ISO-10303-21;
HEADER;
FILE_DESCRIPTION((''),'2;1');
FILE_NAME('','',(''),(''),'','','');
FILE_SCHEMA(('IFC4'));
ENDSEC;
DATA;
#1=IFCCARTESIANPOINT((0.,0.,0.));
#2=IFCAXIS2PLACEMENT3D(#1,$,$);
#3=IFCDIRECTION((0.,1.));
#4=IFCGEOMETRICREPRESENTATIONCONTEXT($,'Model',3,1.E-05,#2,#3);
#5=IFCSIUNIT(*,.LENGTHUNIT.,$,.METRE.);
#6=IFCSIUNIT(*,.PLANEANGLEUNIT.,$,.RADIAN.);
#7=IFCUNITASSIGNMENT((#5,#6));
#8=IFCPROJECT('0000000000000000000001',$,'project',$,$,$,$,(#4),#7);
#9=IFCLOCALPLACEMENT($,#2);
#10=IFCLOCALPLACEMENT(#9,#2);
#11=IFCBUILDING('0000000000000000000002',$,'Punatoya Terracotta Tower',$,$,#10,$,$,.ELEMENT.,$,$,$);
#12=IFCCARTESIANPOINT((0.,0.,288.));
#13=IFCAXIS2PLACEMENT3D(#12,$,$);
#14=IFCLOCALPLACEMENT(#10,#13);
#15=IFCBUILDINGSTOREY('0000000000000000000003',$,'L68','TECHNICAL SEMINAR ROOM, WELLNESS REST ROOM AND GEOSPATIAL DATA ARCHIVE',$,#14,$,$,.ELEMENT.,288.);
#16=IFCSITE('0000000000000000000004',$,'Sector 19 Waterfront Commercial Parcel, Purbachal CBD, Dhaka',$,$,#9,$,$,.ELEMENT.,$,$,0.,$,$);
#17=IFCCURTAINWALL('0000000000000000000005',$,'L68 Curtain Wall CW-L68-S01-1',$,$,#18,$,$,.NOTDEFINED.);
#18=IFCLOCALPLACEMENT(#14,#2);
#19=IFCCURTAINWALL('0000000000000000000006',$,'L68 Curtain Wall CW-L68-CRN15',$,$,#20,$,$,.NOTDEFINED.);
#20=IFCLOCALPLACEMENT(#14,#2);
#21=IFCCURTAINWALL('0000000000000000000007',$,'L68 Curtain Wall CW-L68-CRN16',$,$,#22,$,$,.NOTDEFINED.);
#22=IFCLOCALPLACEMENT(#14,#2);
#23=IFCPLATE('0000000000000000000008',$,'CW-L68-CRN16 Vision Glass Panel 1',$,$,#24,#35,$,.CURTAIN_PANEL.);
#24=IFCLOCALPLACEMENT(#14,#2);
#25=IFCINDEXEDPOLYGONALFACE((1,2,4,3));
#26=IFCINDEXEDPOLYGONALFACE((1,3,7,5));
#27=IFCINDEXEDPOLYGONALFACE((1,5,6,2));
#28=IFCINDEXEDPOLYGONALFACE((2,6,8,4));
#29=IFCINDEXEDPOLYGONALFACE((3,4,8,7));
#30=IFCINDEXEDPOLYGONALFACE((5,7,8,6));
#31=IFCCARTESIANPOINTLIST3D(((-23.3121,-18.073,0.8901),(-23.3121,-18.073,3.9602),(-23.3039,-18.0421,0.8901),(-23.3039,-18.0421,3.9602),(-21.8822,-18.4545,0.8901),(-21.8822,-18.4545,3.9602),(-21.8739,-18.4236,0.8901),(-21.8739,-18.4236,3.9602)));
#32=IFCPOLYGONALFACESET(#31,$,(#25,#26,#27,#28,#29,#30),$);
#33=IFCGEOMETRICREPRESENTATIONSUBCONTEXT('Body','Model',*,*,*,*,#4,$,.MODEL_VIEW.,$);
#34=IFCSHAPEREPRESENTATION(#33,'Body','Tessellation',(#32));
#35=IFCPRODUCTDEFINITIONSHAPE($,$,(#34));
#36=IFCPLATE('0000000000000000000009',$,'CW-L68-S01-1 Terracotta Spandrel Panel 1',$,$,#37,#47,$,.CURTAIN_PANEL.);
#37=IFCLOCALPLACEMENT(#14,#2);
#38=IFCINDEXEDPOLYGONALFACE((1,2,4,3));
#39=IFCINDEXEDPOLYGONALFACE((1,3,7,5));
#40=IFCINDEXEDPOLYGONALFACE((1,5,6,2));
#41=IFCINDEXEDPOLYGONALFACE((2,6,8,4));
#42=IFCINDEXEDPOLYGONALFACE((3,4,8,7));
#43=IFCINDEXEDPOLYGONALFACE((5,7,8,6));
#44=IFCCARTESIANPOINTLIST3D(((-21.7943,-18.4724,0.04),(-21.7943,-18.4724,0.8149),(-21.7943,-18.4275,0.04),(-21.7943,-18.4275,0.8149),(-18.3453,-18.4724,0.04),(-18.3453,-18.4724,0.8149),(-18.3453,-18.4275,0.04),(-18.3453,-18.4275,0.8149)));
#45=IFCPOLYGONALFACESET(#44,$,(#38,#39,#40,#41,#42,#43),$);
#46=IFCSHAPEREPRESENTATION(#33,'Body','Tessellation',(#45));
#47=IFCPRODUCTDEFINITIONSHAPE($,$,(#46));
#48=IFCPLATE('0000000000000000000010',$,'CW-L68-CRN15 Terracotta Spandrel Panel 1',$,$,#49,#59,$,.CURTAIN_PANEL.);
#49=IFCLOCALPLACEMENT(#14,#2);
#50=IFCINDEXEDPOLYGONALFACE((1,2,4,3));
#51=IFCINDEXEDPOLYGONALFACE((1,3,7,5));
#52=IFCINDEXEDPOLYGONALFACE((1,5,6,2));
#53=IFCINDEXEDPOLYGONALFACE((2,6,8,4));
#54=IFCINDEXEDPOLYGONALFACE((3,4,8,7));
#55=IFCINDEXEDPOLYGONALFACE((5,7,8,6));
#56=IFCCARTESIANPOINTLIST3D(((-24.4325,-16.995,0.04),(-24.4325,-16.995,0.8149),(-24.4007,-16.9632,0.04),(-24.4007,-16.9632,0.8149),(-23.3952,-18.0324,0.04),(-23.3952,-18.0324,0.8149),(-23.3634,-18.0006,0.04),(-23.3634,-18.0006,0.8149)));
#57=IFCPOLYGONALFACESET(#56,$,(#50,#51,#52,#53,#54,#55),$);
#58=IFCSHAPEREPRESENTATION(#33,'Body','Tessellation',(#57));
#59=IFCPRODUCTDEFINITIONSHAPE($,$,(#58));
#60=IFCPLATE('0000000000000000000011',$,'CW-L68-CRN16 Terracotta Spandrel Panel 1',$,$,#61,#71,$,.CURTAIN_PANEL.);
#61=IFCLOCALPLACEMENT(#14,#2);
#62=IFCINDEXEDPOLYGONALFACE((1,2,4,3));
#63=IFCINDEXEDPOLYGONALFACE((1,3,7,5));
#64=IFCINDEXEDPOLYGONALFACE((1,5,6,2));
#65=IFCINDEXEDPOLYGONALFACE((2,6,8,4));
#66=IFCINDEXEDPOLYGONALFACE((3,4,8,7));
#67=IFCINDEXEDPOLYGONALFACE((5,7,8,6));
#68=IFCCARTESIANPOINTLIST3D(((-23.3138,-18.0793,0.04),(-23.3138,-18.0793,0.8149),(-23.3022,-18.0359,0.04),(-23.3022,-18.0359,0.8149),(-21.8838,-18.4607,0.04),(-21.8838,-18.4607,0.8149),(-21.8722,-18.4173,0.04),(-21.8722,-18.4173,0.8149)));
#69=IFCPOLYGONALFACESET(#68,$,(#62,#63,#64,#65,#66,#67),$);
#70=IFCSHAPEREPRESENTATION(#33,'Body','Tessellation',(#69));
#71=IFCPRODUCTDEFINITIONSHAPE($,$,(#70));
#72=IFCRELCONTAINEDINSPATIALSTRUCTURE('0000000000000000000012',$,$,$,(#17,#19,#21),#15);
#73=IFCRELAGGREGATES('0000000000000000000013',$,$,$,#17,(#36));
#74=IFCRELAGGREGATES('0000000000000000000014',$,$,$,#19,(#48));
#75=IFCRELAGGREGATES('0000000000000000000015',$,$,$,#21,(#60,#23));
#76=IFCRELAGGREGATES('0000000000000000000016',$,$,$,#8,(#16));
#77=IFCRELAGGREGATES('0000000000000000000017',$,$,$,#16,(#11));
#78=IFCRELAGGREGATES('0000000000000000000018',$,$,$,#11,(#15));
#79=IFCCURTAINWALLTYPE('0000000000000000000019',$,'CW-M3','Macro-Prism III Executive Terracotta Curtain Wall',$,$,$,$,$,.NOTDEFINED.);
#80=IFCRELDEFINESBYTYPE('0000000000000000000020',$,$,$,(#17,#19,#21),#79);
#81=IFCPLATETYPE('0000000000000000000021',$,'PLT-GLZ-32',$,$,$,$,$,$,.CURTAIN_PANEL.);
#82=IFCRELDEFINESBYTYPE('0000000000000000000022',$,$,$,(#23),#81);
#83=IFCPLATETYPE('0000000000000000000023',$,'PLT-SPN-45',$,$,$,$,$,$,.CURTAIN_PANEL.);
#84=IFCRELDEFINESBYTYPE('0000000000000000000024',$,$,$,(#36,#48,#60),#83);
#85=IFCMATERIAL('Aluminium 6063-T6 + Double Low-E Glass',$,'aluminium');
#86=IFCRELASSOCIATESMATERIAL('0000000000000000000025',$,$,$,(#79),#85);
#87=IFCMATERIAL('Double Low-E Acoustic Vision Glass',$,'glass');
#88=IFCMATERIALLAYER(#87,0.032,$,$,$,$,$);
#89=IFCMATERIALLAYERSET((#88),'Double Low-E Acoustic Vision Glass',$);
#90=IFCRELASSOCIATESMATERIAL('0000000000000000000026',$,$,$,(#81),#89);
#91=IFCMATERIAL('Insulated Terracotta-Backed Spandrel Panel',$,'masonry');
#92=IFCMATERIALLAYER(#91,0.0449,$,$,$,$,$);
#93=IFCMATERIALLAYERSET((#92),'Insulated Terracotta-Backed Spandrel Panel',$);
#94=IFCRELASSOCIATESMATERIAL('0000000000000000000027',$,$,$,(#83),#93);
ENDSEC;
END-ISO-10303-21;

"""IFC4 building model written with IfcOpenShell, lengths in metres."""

from ifc_helpers import new_model, si_unit, direction, frame, origin, origin_2d, place, context, subcontext, project, spatial, rectangle, extrude, material, layer, layer_set, type_object, element, aggregate, save


model = new_model("IFC4")

# Units and contexts
model_context = context("Model", 3, precision=1e-05, world=origin(), true_north=direction((0.0, 1.0)))
body_context = subcontext(model_context, "Body", "Model", "MODEL_VIEW")
ifc_project = project(units=[si_unit("LENGTHUNIT", "METRE"), si_unit("PLANEANGLEUNIT", "RADIAN")], contexts=[model_context])

# Site, building, storey
site_placement = place(None, origin())
site = spatial("IfcSite", under=ifc_project, at=site_placement, Name="Sector 19 Waterfront Commercial Parcel, Purbachal CBD, Dhaka", CompositionType="ELEMENT", RefElevation=0.0)
building_placement = place(site_placement, origin())
building = spatial("IfcBuilding", under=site, at=building_placement, Name="Punatoya Terracotta Tower", CompositionType="ELEMENT")
storey_placement = place(building_placement, frame((0.0, 0.0, 288.0)))
storey = spatial("IfcBuildingStorey", under=building, at=storey_placement, Name="L68", Description="TECHNICAL SEMINAR ROOM, WELLNESS REST ROOM AND GEOSPATIAL DATA ARCHIVE", CompositionType="ELEMENT", Elevation=288.0)

# Curtain wall
ifc_material_1 = material(Name="Aluminium 6063-T6 + Double Low-E Glass", Category="aluminium")
curtain_wall_type = type_object("IfcCurtainWallType", Name="CW-M3", Description="Macro-Prism III Executive Terracotta Curtain Wall", PredefinedType="NOTDEFINED", material=ifc_material_1)
curtain_wall_1_placement = place(storey_placement, origin())
curtain_wall_1 = element("IfcCurtainWall", 1, at=curtain_wall_1_placement, inside=storey, type_object=curtain_wall_type, Name="L68 Curtain Wall CW-L68-S01-1", PredefinedType="NOTDEFINED")

# Curtain walls
curtain_wall_2_placement = place(storey_placement, origin())
curtain_wall_2 = element("IfcCurtainWall", 2, at=curtain_wall_2_placement, inside=storey, type_object=curtain_wall_type, Name="L68 Curtain Wall CW-L68-CRN15", PredefinedType="NOTDEFINED")
curtain_wall_3_placement = place(storey_placement, origin())
curtain_wall_3 = element("IfcCurtainWall", 3, at=curtain_wall_3_placement, inside=storey, type_object=curtain_wall_type, Name="L68 Curtain Wall CW-L68-CRN16", PredefinedType="NOTDEFINED")

# Plates
ifc_material_2 = material(Name="Double Low-E Acoustic Vision Glass", Category="glass")
ifc_layer_1 = layer(ifc_material_2, 0.032)
ifc_layer_set_1 = layer_set([ifc_layer_1], Name="Double Low-E Acoustic Vision Glass")
plate_type_1 = type_object("IfcPlateType", Name="PLT-GLZ-32", PredefinedType="CURTAIN_PANEL", material=ifc_layer_set_1)
plate_1_placement = place(storey_placement, frame((-22.593, -18.2483, 0.8901), z_axis=(0.0, 0.0, 1.0), x_axis=(0.966214, -0.257742, 0.0)))
plate_1 = element("IfcPlate", 4, at=plate_1_placement, type_object=plate_type_1, Name="CW-L68-CRN16 Vision Glass Panel 1", PredefinedType="CURTAIN_PANEL", context=body_context, shape_type="SweptSolid", body=[
    extrude(rectangle(XDim=1.48, YDim=0.032, at=origin_2d()), origin(), (0.0, 0.0, 1.0), 3.0701),
])
ifc_material_3 = material(Name="Insulated Terracotta-Backed Spandrel Panel", Category="masonry")
ifc_layer_2 = layer(ifc_material_3, 0.0449)
ifc_layer_set_2 = layer_set([ifc_layer_2], Name="Insulated Terracotta-Backed Spandrel Panel")
plate_type_2 = type_object("IfcPlateType", Name="PLT-SPN-45", PredefinedType="CURTAIN_PANEL", material=ifc_layer_set_2)
plate_2_placement = place(storey_placement, frame((-20.0698, -18.45, 0.04), z_axis=(0.0, 0.0, 1.0), x_axis=(1.0, 0.0, 0.0)))
plate_2 = element("IfcPlate", 5, at=plate_2_placement, type_object=plate_type_2, Name="CW-L68-S01-1 Terracotta Spandrel Panel 1", PredefinedType="CURTAIN_PANEL", context=body_context, shape_type="SweptSolid", body=[
    extrude(rectangle(XDim=3.449, YDim=0.0449, at=origin_2d()), origin(), (0.0, 0.0, 1.0), 0.7749),
])
aggregate(curtain_wall_1, [plate_2])
plate_3_placement = place(storey_placement, frame((-23.8979, -17.4978, 0.04), z_axis=(0.0, 0.0, 1.0), x_axis=(0.707107, -0.707107, 0.0)))
plate_3 = element("IfcPlate", 6, at=plate_3_placement, type_object=plate_type_2, Name="CW-L68-CRN15 Terracotta Spandrel Panel 1", PredefinedType="CURTAIN_PANEL", context=body_context, shape_type="SweptSolid", body=[
    extrude(rectangle(XDim=1.467, YDim=0.0449, at=origin_2d()), origin(), (0.0, 0.0, 1.0), 0.7749),
])
aggregate(curtain_wall_2, [plate_3])
plate_4_placement = place(storey_placement, frame((-22.593, -18.2483, 0.04), z_axis=(0.0, 0.0, 1.0), x_axis=(0.966214, -0.257742, 0.0)))
plate_4 = element("IfcPlate", 7, at=plate_4_placement, type_object=plate_type_2, Name="CW-L68-CRN16 Terracotta Spandrel Panel 1", PredefinedType="CURTAIN_PANEL", context=body_context, shape_type="SweptSolid", body=[
    extrude(rectangle(XDim=1.48, YDim=0.0449, at=origin_2d()), origin(), (0.0, 0.0, 1.0), 0.7749),
])
aggregate(curtain_wall_3, [plate_4, plate_1])

save(model, "model.ifc")
